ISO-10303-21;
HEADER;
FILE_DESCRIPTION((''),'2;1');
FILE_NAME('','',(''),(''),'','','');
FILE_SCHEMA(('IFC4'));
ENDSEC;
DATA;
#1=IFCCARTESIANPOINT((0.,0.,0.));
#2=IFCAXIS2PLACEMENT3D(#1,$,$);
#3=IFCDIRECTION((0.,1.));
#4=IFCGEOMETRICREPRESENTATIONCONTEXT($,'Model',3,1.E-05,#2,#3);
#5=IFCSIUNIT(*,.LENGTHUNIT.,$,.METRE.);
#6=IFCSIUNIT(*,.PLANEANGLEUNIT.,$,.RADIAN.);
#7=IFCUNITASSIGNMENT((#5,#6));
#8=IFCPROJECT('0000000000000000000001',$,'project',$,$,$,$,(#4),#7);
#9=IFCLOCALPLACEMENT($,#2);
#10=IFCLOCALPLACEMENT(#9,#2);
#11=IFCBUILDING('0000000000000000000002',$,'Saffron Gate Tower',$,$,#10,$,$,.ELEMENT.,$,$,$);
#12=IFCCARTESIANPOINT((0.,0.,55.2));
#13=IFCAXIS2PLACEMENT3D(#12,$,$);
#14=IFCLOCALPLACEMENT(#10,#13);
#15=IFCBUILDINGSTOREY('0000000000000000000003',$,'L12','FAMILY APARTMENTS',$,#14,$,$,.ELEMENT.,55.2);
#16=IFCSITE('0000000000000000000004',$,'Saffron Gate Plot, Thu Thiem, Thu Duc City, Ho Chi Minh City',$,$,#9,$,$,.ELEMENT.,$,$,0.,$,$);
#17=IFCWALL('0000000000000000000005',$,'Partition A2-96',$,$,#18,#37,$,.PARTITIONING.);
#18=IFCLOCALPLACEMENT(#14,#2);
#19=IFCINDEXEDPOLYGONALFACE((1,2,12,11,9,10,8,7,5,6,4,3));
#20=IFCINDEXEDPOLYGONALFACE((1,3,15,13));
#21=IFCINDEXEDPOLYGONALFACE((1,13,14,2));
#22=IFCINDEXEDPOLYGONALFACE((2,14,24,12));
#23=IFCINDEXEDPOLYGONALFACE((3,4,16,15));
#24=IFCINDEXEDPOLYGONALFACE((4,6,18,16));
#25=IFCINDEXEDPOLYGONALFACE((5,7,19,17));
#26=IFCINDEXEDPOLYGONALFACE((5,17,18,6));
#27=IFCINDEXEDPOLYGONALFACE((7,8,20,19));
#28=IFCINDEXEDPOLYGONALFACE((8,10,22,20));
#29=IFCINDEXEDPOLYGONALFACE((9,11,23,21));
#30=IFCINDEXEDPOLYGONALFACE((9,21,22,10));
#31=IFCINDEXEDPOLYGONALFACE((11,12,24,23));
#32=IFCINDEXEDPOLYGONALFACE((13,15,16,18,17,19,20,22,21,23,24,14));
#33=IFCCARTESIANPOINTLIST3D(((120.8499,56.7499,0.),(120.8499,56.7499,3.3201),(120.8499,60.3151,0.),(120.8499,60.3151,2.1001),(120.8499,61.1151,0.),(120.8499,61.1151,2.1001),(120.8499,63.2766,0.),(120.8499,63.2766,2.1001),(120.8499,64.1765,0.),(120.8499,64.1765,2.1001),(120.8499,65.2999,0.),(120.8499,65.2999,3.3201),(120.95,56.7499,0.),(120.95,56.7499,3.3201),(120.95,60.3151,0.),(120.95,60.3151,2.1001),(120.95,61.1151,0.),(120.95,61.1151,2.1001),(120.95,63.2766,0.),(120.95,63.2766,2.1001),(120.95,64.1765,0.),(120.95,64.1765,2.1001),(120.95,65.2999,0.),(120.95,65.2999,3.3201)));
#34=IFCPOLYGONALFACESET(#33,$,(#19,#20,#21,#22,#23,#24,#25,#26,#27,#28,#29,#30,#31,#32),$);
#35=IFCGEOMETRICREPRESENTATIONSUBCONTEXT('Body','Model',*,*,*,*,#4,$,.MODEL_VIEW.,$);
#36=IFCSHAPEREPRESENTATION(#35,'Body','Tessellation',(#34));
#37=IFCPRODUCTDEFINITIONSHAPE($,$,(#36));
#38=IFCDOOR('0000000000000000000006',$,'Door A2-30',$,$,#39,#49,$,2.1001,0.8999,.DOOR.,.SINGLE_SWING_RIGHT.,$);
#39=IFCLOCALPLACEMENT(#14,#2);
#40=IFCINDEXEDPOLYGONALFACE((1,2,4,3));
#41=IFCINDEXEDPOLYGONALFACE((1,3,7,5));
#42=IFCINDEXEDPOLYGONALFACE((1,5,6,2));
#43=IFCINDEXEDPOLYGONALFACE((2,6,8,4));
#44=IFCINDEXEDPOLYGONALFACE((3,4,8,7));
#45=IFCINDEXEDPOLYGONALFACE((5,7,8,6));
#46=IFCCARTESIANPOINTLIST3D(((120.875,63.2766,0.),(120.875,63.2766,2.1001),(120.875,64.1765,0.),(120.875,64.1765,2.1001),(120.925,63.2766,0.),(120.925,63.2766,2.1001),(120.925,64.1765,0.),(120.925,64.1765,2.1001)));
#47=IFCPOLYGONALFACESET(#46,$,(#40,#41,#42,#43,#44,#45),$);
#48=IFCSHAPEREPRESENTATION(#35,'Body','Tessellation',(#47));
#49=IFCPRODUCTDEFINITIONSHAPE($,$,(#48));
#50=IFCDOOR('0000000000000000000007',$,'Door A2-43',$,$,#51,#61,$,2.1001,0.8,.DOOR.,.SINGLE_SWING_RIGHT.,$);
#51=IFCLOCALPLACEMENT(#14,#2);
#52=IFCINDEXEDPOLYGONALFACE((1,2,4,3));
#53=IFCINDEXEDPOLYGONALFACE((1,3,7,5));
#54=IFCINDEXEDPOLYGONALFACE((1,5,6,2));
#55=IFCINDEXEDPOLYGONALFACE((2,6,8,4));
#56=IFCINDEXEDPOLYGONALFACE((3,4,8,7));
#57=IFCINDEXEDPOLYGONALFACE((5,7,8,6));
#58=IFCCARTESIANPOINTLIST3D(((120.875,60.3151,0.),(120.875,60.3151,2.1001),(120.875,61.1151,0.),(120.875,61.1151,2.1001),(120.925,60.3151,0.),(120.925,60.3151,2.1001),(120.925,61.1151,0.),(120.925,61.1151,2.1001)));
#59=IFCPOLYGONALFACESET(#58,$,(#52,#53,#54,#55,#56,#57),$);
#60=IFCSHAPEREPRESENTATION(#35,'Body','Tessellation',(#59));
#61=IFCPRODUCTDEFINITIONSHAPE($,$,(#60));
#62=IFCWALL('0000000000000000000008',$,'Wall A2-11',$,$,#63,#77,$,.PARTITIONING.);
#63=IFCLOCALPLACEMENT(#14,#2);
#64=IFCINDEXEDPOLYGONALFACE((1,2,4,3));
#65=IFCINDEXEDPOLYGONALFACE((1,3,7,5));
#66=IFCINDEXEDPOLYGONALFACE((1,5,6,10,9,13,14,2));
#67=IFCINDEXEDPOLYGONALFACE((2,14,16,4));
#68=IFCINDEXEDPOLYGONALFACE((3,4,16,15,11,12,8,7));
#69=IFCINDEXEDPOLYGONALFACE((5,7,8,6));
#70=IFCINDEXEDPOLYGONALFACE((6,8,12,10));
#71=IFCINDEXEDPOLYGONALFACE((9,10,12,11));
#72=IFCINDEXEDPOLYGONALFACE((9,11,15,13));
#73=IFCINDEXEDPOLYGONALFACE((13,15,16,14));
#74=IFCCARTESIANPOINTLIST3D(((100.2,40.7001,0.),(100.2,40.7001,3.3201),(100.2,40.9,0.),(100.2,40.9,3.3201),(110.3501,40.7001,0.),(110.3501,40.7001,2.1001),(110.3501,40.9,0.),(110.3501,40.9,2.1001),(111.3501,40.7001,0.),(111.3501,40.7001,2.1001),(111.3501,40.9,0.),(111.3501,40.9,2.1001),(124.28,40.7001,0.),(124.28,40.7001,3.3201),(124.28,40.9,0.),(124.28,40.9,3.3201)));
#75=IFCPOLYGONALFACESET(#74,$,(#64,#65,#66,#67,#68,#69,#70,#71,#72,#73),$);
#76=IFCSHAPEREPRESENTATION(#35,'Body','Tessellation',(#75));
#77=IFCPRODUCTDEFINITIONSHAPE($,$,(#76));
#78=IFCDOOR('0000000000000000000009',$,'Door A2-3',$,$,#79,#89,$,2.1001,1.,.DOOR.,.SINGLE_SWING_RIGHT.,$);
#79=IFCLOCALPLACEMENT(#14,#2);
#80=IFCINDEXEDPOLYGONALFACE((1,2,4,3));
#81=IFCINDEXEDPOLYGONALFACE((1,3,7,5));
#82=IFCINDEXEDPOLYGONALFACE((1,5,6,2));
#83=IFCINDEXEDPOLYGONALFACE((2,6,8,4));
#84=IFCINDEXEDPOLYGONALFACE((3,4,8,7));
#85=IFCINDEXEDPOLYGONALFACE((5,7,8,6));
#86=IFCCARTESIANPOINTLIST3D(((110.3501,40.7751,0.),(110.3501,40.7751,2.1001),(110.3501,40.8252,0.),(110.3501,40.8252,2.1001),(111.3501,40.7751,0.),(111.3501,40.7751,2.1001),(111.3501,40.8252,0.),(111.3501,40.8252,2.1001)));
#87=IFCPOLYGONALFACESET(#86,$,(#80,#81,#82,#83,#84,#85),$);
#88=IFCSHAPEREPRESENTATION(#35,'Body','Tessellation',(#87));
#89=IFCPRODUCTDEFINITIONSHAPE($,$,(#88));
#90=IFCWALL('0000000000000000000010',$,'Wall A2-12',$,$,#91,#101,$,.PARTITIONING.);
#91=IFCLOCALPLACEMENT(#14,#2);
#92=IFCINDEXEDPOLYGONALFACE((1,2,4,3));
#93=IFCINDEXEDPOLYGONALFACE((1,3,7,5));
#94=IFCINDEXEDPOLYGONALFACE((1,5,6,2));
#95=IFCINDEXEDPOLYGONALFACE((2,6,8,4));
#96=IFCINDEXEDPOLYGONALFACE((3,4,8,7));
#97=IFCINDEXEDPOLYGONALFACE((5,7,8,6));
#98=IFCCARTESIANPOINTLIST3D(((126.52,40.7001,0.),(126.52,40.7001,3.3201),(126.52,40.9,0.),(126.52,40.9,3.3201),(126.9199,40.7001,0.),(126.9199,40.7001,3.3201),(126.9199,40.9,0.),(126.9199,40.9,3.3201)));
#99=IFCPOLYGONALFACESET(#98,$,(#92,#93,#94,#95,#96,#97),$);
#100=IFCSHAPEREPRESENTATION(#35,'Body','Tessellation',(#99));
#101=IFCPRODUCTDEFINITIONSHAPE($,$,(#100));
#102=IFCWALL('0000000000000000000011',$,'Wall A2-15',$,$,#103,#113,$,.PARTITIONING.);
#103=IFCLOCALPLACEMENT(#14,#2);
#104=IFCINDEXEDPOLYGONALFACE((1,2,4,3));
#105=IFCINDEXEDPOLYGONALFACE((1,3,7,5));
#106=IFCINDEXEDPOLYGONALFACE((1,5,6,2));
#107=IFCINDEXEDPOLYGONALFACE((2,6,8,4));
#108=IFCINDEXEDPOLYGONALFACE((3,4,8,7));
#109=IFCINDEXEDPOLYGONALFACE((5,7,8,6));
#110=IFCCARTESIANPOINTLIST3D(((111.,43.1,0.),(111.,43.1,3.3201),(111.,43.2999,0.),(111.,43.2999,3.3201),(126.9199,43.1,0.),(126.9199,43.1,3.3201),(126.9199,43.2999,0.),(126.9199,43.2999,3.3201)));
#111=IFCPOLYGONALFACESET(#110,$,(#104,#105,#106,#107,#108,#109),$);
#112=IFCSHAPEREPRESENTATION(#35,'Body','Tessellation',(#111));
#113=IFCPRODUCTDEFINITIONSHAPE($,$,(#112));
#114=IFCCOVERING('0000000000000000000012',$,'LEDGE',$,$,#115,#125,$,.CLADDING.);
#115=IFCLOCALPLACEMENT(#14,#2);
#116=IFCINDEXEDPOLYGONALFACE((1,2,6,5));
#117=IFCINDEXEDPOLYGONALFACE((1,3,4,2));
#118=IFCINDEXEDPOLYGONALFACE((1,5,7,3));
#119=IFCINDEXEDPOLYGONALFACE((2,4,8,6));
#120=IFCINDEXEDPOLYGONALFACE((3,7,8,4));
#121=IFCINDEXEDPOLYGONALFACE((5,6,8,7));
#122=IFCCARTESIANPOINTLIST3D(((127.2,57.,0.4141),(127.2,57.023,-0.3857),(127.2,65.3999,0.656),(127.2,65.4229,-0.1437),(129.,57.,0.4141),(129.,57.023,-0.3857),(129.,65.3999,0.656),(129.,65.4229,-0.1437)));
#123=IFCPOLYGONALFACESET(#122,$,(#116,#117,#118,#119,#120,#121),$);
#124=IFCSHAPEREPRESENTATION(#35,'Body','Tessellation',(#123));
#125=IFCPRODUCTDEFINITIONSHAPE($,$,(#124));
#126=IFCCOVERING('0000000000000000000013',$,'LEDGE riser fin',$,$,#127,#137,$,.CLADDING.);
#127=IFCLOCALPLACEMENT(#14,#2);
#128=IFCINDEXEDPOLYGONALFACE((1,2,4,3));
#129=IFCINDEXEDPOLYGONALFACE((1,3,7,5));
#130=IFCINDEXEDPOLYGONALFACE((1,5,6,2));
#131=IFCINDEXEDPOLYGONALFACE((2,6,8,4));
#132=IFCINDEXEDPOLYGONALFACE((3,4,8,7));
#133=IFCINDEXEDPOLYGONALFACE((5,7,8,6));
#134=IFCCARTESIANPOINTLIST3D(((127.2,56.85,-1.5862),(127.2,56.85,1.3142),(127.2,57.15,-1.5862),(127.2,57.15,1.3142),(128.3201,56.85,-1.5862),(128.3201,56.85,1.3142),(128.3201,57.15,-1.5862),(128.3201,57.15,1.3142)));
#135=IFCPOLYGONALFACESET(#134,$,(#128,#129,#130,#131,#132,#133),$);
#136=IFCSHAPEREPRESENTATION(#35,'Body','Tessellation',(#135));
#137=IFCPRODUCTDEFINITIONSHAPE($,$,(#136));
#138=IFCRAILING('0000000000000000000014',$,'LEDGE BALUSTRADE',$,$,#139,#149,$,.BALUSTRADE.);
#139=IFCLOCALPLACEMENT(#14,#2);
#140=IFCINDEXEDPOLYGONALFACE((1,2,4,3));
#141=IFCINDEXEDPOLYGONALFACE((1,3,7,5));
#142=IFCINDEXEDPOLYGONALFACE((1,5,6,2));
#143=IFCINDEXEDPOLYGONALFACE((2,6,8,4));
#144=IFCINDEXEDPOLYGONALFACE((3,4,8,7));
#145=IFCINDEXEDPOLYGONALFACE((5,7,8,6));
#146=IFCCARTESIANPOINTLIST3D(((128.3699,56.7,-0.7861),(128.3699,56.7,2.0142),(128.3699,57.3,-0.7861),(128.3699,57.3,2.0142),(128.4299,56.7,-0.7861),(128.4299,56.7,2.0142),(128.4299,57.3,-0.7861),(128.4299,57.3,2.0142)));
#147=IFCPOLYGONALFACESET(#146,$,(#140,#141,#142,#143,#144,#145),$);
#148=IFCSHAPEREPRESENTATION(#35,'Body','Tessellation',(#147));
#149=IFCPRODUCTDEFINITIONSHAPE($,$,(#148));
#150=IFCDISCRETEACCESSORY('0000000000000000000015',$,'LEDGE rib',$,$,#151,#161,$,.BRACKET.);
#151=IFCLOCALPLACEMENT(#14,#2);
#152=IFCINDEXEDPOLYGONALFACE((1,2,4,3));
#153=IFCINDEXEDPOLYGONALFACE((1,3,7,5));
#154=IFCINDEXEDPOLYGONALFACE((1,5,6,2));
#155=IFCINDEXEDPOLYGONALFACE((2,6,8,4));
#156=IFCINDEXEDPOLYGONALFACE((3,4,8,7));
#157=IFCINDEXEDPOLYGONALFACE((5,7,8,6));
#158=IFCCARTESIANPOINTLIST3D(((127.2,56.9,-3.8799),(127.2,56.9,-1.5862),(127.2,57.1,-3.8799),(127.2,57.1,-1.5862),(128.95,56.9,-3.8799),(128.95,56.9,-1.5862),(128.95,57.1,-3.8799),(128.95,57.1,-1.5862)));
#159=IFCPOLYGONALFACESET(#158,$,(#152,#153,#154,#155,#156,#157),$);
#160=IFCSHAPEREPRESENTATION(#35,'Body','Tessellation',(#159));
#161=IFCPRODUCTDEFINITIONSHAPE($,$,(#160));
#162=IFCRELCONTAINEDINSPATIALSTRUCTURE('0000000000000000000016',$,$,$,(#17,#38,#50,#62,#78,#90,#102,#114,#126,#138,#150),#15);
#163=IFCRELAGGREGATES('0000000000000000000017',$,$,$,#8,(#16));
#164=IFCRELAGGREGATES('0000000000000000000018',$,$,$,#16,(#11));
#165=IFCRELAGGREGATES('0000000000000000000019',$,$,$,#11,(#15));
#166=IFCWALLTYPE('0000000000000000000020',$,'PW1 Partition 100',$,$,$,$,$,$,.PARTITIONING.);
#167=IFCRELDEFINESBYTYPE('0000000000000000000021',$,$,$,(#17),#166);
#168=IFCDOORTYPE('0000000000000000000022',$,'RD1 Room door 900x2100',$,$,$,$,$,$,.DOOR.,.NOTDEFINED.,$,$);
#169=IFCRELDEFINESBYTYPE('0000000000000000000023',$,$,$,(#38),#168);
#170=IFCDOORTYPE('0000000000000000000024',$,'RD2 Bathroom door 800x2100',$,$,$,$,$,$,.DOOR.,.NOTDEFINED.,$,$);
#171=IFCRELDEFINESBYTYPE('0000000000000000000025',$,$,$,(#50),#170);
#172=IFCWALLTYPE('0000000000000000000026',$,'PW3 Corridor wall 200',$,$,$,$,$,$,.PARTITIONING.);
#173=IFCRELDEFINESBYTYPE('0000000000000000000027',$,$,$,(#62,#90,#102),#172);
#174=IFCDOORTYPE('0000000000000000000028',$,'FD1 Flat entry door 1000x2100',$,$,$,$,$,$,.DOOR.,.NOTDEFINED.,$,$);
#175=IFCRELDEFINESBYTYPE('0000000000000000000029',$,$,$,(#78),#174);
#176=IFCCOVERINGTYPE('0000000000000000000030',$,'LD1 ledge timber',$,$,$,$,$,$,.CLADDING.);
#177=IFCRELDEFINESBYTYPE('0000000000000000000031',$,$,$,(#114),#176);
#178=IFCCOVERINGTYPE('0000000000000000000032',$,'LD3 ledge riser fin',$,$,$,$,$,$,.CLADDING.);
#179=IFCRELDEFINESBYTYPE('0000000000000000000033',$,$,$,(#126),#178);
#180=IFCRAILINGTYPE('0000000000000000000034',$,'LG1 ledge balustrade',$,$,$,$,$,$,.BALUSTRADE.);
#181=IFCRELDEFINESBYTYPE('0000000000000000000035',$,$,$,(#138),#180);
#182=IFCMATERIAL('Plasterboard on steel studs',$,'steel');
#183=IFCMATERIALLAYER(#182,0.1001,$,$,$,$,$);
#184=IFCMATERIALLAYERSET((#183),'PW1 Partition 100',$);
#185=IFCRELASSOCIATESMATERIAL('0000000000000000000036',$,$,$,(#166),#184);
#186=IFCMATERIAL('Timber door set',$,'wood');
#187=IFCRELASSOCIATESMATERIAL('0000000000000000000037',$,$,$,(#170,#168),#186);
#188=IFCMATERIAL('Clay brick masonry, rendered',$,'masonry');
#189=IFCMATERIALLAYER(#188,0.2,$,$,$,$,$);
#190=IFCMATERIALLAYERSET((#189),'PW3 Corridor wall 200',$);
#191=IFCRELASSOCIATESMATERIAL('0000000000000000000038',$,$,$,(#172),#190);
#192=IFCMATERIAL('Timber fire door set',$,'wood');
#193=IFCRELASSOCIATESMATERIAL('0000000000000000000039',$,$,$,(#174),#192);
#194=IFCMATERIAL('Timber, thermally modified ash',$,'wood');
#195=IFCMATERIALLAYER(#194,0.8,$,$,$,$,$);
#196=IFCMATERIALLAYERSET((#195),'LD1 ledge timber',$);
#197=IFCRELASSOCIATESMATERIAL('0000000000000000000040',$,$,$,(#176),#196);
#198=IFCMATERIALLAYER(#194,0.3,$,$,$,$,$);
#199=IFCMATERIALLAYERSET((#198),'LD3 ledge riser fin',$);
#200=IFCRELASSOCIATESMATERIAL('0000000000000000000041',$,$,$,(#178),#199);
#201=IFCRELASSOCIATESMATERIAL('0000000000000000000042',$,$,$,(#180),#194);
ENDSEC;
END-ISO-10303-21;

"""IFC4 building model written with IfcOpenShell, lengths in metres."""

from ifc_helpers import new_model, si_unit, direction, frame, frame_2d, origin, origin_2d, place, context, subcontext, project, spatial, polyline, rectangle, outline, extrude, material, layer, layer_set, type_object, element, fill, save


model = new_model("IFC4")

# Units and contexts
model_context = context("Model", 3, precision=1e-05, world=origin(), true_north=direction((0.0, 1.0)))
body_context = subcontext(model_context, "Body", "Model", "MODEL_VIEW")
ifc_project = project(units=[si_unit("LENGTHUNIT", "METRE"), si_unit("PLANEANGLEUNIT", "RADIAN")], contexts=[model_context])

# Site, building, storey
site_placement = place(None, origin())
site = spatial("IfcSite", under=ifc_project, at=site_placement, Name="Saffron Gate Plot, Thu Thiem, Thu Duc City, Ho Chi Minh City", CompositionType="ELEMENT", RefElevation=0.0)
building_placement = place(site_placement, origin())
building = spatial("IfcBuilding", under=site, at=building_placement, Name="Saffron Gate Tower", CompositionType="ELEMENT")
storey_placement = place(building_placement, frame((0.0, 0.0, 55.2)))
storey = spatial("IfcBuildingStorey", under=building, at=storey_placement, Name="L12", Description="FAMILY APARTMENTS", CompositionType="ELEMENT", Elevation=55.2)

# Shared definitions
ifc_material_1 = material(Name="Plasterboard on steel studs", Category="steel")
ifc_layer_1 = layer(ifc_material_1, 0.1001)
ifc_layer_set_1 = layer_set([ifc_layer_1], Name="PW1 Partition 100")
wall_type_1 = type_object("IfcWallType", Name="PW1 Partition 100", PredefinedType="PARTITIONING", material=ifc_layer_set_1)

# Shared definitions
ifc_material_2 = material(Name="Timber door set", Category="wood")
door_type_1 = type_object("IfcDoorType", Name="RD2 Bathroom door 800x2100", OperationType="NOTDEFINED", PredefinedType="DOOR", material=ifc_material_2)

# Shared definitions
door_type_2 = type_object("IfcDoorType", Name="RD1 Room door 900x2100", OperationType="NOTDEFINED", PredefinedType="DOOR", material=ifc_material_2)

# Wall, openings, doors
wall_1_placement = place(storey_placement, frame((120.8999, 56.75, 0.0), z_axis=(0.0, 0.0, 1.0), x_axis=(0.0, 1.0, 0.0)))
wall_1 = element("IfcWall", 1, at=wall_1_placement, inside=storey, type_object=wall_type_1, Name="Partition A2-96", PredefinedType="PARTITIONING", context=body_context, shape_type="SweptSolid", body=[
    extrude(rectangle(XDim=8.55, YDim=0.1001, at=frame_2d((4.2749, 0.0))), origin(), (0.0, 0.0, 1.0), 3.3201),
])
opening_1_placement = place(wall_1_placement, frame((3.5652, 0.0, 0.0)))
opening_1 = element("IfcOpeningElement", 2, at=opening_1_placement, cuts=wall_1, PredefinedType="OPENING", context=body_context, shape_type="SweptSolid", body=[
    extrude(rectangle(XDim=0.8, YDim=2.1001, at=frame_2d((0.3999, 1.05))), frame((0.0, 0.0601, 0.0), z_axis=(0.0, -1.0, 0.0), x_axis=(1.0, 0.0, 0.0)), (0.0, 0.0, 1.0), 0.1201),
])
opening_2_placement = place(wall_1_placement, frame((6.5266, 0.0, 0.0)))
opening_2 = element("IfcOpeningElement", 3, at=opening_2_placement, cuts=wall_1, PredefinedType="OPENING", context=body_context, shape_type="SweptSolid", body=[
    extrude(rectangle(XDim=0.8999, YDim=2.1001, at=frame_2d((0.45, 1.05))), frame((0.0, 0.0601, 0.0), z_axis=(0.0, -1.0, 0.0), x_axis=(1.0, 0.0, 0.0)), (0.0, 0.0, 1.0), 0.1201),
])
door_1_placement = place(opening_2_placement, origin())
door_1 = element("IfcDoor", 4, at=door_1_placement, inside=storey, type_object=door_type_2, Name="Door A2-30", OperationType="SINGLE_SWING_RIGHT", OverallHeight=2.1001, OverallWidth=0.8999, PredefinedType="DOOR", context=body_context, shape_type="SweptSolid", body=[
    extrude(rectangle(XDim=0.8999, YDim=2.1001, at=frame_2d((0.45, 1.05))), frame((0.0, 0.0249, 0.0), z_axis=(0.0, -1.0, 0.0), x_axis=(1.0, 0.0, 0.0)), (0.0, 0.0, 1.0), 0.05),
])
fill(opening_2, door_1)
door_2_placement = place(opening_1_placement, origin())
door_2 = element("IfcDoor", 5, at=door_2_placement, inside=storey, type_object=door_type_1, Name="Door A2-43", OperationType="SINGLE_SWING_RIGHT", OverallHeight=2.1001, OverallWidth=0.8, PredefinedType="DOOR", context=body_context, shape_type="SweptSolid", body=[
    extrude(rectangle(XDim=0.8, YDim=2.1001, at=frame_2d((0.3999, 1.05))), frame((0.0, 0.0249, 0.0), z_axis=(0.0, -1.0, 0.0), x_axis=(1.0, 0.0, 0.0)), (0.0, 0.0, 1.0), 0.05),
])
fill(opening_1, door_2)

# Wall, opening, door
ifc_material_3 = material(Name="Clay brick masonry, rendered", Category="masonry")
ifc_layer_2 = layer(ifc_material_3, 0.2)
ifc_layer_set_2 = layer_set([ifc_layer_2], Name="PW3 Corridor wall 200")
wall_type_2 = type_object("IfcWallType", Name="PW3 Corridor wall 200", PredefinedType="PARTITIONING", material=ifc_layer_set_2)
wall_2_placement = place(storey_placement, frame((124.28, 40.8, 0.0), z_axis=(0.0, 0.0, 1.0), x_axis=(-1.0, 0.0, 0.0)))
wall_2 = element("IfcWall", 6, at=wall_2_placement, inside=storey, type_object=wall_type_2, Name="Wall A2-11", PredefinedType="PARTITIONING", context=body_context, shape_type="SweptSolid", body=[
    extrude(rectangle(XDim=24.0801, YDim=0.2, at=frame_2d((12.04, 0.0))), origin(), (0.0, 0.0, 1.0), 3.3201),
])
opening_3_placement = place(wall_2_placement, frame((12.9299, 0.0, 0.0)))
opening_3 = element("IfcOpeningElement", 7, at=opening_3_placement, cuts=wall_2, PredefinedType="OPENING", context=body_context, shape_type="SweptSolid", body=[
    extrude(rectangle(XDim=1.0, YDim=2.1001, at=frame_2d((0.5, 1.05))), frame((0.0, 0.1099, 0.0), z_axis=(0.0, -1.0, 0.0), x_axis=(1.0, 0.0, 0.0)), (0.0, 0.0, 1.0), 0.22),
])
ifc_material_4 = material(Name="Timber fire door set", Category="wood")
door_type_3 = type_object("IfcDoorType", Name="FD1 Flat entry door 1000x2100", OperationType="NOTDEFINED", PredefinedType="DOOR", material=ifc_material_4)
door_3_placement = place(opening_3_placement, origin())
door_3 = element("IfcDoor", 8, at=door_3_placement, inside=storey, type_object=door_type_3, Name="Door A2-3", OperationType="SINGLE_SWING_RIGHT", OverallHeight=2.1001, OverallWidth=1.0, PredefinedType="DOOR", context=body_context, shape_type="SweptSolid", body=[
    extrude(rectangle(XDim=1.0, YDim=2.1001, at=frame_2d((0.5, 1.05))), frame((0.0, 0.0249, 0.0), z_axis=(0.0, -1.0, 0.0), x_axis=(1.0, 0.0, 0.0)), (0.0, 0.0, 1.0), 0.05),
])
fill(opening_3, door_3)

# Walls
wall_3_placement = place(storey_placement, frame((126.52, 40.8, 0.0), z_axis=(0.0, 0.0, 1.0), x_axis=(1.0, 0.0, 0.0)))
element("IfcWall", 9, at=wall_3_placement, inside=storey, type_object=wall_type_2, Name="Wall A2-12", PredefinedType="PARTITIONING", context=body_context, shape_type="SweptSolid", body=[
    extrude(rectangle(XDim=0.3999, YDim=0.2, at=frame_2d((0.2, 0.0))), origin(), (0.0, 0.0, 1.0), 3.3201),
])
wall_4_placement = place(storey_placement, frame((111.0, 43.2, 0.0), z_axis=(0.0, 0.0, 1.0), x_axis=(1.0, 0.0, 0.0)))
element("IfcWall", 10, at=wall_4_placement, inside=storey, type_object=wall_type_2, Name="Wall A2-15", PredefinedType="PARTITIONING", context=body_context, shape_type="SweptSolid", body=[
    extrude(rectangle(XDim=15.9199, YDim=0.2, at=frame_2d((7.96, 0.0))), origin(), (0.0, 0.0, 1.0), 3.3201),
])

# Coverings
ifc_material_5 = material(Name="Timber, thermally modified ash", Category="wood")
ifc_layer_3 = layer(ifc_material_5, 0.8)
ifc_layer_set_3 = layer_set([ifc_layer_3], Name="LD1 ledge timber")
covering_type_1 = type_object("IfcCoveringType", Name="LD1 ledge timber", PredefinedType="CLADDING", material=ifc_layer_set_3)
covering_1_placement = place(storey_placement, frame((127.2, 57.0, 0.4141), z_axis=(0.0, -0.028791, 0.999585), x_axis=(0.0, 0.999585, 0.028791)))
element("IfcCovering", 11, at=covering_1_placement, inside=storey, type_object=covering_type_1, Name="LEDGE", PredefinedType="CLADDING", context=body_context, shape_type="SweptSolid", body=[
    extrude(outline(polyline([(0.0, 0.0), (8.4034, 0.0), (8.4034, -1.8), (0.0, -1.8), (0.0, 0.0)])), origin(), (0.0, 0.0, -1.0), 0.8),
])
ifc_layer_4 = layer(ifc_material_5, 0.3)
ifc_layer_set_4 = layer_set([ifc_layer_4], Name="LD3 ledge riser fin")
covering_type_2 = type_object("IfcCoveringType", Name="LD3 ledge riser fin", PredefinedType="CLADDING", material=ifc_layer_set_4)
covering_2_placement = place(storey_placement, frame((127.76, 57.0, -1.5862), z_axis=(0.0, 0.0, 1.0), x_axis=(0.0, 1.0, 0.0)))
element("IfcCovering", 12, at=covering_2_placement, inside=storey, type_object=covering_type_2, Name="LEDGE riser fin", PredefinedType="CLADDING", context=body_context, shape_type="SweptSolid", body=[
    extrude(rectangle(XDim=0.3, YDim=1.1201, at=origin_2d()), origin(), (0.0, 0.0, 1.0), 2.9004),
])

# Railing
railing_type = type_object("IfcRailingType", Name="LG1 ledge balustrade", PredefinedType="BALUSTRADE", material=ifc_material_5)
railing_placement = place(storey_placement, frame((128.3999, 56.7, -0.7861)))
element("IfcRailing", 13, at=railing_placement, inside=storey, type_object=railing_type, Name="LEDGE BALUSTRADE", PredefinedType="BALUSTRADE", context=body_context, shape_type="SweptSolid", body=[
    extrude(rectangle(XDim=0.0601, YDim=2.8003, at=origin_2d()), frame((0.0, 0.0, 1.4001), z_axis=(0.0, 1.0, 0.0), x_axis=(-1.0, 0.0, 0.0)), (0.0, 0.0, 1.0), 0.6001),
])

# Discrete accessory
discrete_accessory_placement = place(storey_placement, frame((128.075, 57.0, -3.8799), z_axis=(0.0, 0.0, 1.0), x_axis=(0.0, 1.0, 0.0)))
element("IfcDiscreteAccessory", 14, at=discrete_accessory_placement, inside=storey, Name="LEDGE rib", PredefinedType="BRACKET", context=body_context, shape_type="SweptSolid", body=[
    extrude(rectangle(XDim=0.2, YDim=1.75, at=origin_2d()), origin(), (0.0, 0.0, 1.0), 2.2937),
])

save(model, "model.ifc")
